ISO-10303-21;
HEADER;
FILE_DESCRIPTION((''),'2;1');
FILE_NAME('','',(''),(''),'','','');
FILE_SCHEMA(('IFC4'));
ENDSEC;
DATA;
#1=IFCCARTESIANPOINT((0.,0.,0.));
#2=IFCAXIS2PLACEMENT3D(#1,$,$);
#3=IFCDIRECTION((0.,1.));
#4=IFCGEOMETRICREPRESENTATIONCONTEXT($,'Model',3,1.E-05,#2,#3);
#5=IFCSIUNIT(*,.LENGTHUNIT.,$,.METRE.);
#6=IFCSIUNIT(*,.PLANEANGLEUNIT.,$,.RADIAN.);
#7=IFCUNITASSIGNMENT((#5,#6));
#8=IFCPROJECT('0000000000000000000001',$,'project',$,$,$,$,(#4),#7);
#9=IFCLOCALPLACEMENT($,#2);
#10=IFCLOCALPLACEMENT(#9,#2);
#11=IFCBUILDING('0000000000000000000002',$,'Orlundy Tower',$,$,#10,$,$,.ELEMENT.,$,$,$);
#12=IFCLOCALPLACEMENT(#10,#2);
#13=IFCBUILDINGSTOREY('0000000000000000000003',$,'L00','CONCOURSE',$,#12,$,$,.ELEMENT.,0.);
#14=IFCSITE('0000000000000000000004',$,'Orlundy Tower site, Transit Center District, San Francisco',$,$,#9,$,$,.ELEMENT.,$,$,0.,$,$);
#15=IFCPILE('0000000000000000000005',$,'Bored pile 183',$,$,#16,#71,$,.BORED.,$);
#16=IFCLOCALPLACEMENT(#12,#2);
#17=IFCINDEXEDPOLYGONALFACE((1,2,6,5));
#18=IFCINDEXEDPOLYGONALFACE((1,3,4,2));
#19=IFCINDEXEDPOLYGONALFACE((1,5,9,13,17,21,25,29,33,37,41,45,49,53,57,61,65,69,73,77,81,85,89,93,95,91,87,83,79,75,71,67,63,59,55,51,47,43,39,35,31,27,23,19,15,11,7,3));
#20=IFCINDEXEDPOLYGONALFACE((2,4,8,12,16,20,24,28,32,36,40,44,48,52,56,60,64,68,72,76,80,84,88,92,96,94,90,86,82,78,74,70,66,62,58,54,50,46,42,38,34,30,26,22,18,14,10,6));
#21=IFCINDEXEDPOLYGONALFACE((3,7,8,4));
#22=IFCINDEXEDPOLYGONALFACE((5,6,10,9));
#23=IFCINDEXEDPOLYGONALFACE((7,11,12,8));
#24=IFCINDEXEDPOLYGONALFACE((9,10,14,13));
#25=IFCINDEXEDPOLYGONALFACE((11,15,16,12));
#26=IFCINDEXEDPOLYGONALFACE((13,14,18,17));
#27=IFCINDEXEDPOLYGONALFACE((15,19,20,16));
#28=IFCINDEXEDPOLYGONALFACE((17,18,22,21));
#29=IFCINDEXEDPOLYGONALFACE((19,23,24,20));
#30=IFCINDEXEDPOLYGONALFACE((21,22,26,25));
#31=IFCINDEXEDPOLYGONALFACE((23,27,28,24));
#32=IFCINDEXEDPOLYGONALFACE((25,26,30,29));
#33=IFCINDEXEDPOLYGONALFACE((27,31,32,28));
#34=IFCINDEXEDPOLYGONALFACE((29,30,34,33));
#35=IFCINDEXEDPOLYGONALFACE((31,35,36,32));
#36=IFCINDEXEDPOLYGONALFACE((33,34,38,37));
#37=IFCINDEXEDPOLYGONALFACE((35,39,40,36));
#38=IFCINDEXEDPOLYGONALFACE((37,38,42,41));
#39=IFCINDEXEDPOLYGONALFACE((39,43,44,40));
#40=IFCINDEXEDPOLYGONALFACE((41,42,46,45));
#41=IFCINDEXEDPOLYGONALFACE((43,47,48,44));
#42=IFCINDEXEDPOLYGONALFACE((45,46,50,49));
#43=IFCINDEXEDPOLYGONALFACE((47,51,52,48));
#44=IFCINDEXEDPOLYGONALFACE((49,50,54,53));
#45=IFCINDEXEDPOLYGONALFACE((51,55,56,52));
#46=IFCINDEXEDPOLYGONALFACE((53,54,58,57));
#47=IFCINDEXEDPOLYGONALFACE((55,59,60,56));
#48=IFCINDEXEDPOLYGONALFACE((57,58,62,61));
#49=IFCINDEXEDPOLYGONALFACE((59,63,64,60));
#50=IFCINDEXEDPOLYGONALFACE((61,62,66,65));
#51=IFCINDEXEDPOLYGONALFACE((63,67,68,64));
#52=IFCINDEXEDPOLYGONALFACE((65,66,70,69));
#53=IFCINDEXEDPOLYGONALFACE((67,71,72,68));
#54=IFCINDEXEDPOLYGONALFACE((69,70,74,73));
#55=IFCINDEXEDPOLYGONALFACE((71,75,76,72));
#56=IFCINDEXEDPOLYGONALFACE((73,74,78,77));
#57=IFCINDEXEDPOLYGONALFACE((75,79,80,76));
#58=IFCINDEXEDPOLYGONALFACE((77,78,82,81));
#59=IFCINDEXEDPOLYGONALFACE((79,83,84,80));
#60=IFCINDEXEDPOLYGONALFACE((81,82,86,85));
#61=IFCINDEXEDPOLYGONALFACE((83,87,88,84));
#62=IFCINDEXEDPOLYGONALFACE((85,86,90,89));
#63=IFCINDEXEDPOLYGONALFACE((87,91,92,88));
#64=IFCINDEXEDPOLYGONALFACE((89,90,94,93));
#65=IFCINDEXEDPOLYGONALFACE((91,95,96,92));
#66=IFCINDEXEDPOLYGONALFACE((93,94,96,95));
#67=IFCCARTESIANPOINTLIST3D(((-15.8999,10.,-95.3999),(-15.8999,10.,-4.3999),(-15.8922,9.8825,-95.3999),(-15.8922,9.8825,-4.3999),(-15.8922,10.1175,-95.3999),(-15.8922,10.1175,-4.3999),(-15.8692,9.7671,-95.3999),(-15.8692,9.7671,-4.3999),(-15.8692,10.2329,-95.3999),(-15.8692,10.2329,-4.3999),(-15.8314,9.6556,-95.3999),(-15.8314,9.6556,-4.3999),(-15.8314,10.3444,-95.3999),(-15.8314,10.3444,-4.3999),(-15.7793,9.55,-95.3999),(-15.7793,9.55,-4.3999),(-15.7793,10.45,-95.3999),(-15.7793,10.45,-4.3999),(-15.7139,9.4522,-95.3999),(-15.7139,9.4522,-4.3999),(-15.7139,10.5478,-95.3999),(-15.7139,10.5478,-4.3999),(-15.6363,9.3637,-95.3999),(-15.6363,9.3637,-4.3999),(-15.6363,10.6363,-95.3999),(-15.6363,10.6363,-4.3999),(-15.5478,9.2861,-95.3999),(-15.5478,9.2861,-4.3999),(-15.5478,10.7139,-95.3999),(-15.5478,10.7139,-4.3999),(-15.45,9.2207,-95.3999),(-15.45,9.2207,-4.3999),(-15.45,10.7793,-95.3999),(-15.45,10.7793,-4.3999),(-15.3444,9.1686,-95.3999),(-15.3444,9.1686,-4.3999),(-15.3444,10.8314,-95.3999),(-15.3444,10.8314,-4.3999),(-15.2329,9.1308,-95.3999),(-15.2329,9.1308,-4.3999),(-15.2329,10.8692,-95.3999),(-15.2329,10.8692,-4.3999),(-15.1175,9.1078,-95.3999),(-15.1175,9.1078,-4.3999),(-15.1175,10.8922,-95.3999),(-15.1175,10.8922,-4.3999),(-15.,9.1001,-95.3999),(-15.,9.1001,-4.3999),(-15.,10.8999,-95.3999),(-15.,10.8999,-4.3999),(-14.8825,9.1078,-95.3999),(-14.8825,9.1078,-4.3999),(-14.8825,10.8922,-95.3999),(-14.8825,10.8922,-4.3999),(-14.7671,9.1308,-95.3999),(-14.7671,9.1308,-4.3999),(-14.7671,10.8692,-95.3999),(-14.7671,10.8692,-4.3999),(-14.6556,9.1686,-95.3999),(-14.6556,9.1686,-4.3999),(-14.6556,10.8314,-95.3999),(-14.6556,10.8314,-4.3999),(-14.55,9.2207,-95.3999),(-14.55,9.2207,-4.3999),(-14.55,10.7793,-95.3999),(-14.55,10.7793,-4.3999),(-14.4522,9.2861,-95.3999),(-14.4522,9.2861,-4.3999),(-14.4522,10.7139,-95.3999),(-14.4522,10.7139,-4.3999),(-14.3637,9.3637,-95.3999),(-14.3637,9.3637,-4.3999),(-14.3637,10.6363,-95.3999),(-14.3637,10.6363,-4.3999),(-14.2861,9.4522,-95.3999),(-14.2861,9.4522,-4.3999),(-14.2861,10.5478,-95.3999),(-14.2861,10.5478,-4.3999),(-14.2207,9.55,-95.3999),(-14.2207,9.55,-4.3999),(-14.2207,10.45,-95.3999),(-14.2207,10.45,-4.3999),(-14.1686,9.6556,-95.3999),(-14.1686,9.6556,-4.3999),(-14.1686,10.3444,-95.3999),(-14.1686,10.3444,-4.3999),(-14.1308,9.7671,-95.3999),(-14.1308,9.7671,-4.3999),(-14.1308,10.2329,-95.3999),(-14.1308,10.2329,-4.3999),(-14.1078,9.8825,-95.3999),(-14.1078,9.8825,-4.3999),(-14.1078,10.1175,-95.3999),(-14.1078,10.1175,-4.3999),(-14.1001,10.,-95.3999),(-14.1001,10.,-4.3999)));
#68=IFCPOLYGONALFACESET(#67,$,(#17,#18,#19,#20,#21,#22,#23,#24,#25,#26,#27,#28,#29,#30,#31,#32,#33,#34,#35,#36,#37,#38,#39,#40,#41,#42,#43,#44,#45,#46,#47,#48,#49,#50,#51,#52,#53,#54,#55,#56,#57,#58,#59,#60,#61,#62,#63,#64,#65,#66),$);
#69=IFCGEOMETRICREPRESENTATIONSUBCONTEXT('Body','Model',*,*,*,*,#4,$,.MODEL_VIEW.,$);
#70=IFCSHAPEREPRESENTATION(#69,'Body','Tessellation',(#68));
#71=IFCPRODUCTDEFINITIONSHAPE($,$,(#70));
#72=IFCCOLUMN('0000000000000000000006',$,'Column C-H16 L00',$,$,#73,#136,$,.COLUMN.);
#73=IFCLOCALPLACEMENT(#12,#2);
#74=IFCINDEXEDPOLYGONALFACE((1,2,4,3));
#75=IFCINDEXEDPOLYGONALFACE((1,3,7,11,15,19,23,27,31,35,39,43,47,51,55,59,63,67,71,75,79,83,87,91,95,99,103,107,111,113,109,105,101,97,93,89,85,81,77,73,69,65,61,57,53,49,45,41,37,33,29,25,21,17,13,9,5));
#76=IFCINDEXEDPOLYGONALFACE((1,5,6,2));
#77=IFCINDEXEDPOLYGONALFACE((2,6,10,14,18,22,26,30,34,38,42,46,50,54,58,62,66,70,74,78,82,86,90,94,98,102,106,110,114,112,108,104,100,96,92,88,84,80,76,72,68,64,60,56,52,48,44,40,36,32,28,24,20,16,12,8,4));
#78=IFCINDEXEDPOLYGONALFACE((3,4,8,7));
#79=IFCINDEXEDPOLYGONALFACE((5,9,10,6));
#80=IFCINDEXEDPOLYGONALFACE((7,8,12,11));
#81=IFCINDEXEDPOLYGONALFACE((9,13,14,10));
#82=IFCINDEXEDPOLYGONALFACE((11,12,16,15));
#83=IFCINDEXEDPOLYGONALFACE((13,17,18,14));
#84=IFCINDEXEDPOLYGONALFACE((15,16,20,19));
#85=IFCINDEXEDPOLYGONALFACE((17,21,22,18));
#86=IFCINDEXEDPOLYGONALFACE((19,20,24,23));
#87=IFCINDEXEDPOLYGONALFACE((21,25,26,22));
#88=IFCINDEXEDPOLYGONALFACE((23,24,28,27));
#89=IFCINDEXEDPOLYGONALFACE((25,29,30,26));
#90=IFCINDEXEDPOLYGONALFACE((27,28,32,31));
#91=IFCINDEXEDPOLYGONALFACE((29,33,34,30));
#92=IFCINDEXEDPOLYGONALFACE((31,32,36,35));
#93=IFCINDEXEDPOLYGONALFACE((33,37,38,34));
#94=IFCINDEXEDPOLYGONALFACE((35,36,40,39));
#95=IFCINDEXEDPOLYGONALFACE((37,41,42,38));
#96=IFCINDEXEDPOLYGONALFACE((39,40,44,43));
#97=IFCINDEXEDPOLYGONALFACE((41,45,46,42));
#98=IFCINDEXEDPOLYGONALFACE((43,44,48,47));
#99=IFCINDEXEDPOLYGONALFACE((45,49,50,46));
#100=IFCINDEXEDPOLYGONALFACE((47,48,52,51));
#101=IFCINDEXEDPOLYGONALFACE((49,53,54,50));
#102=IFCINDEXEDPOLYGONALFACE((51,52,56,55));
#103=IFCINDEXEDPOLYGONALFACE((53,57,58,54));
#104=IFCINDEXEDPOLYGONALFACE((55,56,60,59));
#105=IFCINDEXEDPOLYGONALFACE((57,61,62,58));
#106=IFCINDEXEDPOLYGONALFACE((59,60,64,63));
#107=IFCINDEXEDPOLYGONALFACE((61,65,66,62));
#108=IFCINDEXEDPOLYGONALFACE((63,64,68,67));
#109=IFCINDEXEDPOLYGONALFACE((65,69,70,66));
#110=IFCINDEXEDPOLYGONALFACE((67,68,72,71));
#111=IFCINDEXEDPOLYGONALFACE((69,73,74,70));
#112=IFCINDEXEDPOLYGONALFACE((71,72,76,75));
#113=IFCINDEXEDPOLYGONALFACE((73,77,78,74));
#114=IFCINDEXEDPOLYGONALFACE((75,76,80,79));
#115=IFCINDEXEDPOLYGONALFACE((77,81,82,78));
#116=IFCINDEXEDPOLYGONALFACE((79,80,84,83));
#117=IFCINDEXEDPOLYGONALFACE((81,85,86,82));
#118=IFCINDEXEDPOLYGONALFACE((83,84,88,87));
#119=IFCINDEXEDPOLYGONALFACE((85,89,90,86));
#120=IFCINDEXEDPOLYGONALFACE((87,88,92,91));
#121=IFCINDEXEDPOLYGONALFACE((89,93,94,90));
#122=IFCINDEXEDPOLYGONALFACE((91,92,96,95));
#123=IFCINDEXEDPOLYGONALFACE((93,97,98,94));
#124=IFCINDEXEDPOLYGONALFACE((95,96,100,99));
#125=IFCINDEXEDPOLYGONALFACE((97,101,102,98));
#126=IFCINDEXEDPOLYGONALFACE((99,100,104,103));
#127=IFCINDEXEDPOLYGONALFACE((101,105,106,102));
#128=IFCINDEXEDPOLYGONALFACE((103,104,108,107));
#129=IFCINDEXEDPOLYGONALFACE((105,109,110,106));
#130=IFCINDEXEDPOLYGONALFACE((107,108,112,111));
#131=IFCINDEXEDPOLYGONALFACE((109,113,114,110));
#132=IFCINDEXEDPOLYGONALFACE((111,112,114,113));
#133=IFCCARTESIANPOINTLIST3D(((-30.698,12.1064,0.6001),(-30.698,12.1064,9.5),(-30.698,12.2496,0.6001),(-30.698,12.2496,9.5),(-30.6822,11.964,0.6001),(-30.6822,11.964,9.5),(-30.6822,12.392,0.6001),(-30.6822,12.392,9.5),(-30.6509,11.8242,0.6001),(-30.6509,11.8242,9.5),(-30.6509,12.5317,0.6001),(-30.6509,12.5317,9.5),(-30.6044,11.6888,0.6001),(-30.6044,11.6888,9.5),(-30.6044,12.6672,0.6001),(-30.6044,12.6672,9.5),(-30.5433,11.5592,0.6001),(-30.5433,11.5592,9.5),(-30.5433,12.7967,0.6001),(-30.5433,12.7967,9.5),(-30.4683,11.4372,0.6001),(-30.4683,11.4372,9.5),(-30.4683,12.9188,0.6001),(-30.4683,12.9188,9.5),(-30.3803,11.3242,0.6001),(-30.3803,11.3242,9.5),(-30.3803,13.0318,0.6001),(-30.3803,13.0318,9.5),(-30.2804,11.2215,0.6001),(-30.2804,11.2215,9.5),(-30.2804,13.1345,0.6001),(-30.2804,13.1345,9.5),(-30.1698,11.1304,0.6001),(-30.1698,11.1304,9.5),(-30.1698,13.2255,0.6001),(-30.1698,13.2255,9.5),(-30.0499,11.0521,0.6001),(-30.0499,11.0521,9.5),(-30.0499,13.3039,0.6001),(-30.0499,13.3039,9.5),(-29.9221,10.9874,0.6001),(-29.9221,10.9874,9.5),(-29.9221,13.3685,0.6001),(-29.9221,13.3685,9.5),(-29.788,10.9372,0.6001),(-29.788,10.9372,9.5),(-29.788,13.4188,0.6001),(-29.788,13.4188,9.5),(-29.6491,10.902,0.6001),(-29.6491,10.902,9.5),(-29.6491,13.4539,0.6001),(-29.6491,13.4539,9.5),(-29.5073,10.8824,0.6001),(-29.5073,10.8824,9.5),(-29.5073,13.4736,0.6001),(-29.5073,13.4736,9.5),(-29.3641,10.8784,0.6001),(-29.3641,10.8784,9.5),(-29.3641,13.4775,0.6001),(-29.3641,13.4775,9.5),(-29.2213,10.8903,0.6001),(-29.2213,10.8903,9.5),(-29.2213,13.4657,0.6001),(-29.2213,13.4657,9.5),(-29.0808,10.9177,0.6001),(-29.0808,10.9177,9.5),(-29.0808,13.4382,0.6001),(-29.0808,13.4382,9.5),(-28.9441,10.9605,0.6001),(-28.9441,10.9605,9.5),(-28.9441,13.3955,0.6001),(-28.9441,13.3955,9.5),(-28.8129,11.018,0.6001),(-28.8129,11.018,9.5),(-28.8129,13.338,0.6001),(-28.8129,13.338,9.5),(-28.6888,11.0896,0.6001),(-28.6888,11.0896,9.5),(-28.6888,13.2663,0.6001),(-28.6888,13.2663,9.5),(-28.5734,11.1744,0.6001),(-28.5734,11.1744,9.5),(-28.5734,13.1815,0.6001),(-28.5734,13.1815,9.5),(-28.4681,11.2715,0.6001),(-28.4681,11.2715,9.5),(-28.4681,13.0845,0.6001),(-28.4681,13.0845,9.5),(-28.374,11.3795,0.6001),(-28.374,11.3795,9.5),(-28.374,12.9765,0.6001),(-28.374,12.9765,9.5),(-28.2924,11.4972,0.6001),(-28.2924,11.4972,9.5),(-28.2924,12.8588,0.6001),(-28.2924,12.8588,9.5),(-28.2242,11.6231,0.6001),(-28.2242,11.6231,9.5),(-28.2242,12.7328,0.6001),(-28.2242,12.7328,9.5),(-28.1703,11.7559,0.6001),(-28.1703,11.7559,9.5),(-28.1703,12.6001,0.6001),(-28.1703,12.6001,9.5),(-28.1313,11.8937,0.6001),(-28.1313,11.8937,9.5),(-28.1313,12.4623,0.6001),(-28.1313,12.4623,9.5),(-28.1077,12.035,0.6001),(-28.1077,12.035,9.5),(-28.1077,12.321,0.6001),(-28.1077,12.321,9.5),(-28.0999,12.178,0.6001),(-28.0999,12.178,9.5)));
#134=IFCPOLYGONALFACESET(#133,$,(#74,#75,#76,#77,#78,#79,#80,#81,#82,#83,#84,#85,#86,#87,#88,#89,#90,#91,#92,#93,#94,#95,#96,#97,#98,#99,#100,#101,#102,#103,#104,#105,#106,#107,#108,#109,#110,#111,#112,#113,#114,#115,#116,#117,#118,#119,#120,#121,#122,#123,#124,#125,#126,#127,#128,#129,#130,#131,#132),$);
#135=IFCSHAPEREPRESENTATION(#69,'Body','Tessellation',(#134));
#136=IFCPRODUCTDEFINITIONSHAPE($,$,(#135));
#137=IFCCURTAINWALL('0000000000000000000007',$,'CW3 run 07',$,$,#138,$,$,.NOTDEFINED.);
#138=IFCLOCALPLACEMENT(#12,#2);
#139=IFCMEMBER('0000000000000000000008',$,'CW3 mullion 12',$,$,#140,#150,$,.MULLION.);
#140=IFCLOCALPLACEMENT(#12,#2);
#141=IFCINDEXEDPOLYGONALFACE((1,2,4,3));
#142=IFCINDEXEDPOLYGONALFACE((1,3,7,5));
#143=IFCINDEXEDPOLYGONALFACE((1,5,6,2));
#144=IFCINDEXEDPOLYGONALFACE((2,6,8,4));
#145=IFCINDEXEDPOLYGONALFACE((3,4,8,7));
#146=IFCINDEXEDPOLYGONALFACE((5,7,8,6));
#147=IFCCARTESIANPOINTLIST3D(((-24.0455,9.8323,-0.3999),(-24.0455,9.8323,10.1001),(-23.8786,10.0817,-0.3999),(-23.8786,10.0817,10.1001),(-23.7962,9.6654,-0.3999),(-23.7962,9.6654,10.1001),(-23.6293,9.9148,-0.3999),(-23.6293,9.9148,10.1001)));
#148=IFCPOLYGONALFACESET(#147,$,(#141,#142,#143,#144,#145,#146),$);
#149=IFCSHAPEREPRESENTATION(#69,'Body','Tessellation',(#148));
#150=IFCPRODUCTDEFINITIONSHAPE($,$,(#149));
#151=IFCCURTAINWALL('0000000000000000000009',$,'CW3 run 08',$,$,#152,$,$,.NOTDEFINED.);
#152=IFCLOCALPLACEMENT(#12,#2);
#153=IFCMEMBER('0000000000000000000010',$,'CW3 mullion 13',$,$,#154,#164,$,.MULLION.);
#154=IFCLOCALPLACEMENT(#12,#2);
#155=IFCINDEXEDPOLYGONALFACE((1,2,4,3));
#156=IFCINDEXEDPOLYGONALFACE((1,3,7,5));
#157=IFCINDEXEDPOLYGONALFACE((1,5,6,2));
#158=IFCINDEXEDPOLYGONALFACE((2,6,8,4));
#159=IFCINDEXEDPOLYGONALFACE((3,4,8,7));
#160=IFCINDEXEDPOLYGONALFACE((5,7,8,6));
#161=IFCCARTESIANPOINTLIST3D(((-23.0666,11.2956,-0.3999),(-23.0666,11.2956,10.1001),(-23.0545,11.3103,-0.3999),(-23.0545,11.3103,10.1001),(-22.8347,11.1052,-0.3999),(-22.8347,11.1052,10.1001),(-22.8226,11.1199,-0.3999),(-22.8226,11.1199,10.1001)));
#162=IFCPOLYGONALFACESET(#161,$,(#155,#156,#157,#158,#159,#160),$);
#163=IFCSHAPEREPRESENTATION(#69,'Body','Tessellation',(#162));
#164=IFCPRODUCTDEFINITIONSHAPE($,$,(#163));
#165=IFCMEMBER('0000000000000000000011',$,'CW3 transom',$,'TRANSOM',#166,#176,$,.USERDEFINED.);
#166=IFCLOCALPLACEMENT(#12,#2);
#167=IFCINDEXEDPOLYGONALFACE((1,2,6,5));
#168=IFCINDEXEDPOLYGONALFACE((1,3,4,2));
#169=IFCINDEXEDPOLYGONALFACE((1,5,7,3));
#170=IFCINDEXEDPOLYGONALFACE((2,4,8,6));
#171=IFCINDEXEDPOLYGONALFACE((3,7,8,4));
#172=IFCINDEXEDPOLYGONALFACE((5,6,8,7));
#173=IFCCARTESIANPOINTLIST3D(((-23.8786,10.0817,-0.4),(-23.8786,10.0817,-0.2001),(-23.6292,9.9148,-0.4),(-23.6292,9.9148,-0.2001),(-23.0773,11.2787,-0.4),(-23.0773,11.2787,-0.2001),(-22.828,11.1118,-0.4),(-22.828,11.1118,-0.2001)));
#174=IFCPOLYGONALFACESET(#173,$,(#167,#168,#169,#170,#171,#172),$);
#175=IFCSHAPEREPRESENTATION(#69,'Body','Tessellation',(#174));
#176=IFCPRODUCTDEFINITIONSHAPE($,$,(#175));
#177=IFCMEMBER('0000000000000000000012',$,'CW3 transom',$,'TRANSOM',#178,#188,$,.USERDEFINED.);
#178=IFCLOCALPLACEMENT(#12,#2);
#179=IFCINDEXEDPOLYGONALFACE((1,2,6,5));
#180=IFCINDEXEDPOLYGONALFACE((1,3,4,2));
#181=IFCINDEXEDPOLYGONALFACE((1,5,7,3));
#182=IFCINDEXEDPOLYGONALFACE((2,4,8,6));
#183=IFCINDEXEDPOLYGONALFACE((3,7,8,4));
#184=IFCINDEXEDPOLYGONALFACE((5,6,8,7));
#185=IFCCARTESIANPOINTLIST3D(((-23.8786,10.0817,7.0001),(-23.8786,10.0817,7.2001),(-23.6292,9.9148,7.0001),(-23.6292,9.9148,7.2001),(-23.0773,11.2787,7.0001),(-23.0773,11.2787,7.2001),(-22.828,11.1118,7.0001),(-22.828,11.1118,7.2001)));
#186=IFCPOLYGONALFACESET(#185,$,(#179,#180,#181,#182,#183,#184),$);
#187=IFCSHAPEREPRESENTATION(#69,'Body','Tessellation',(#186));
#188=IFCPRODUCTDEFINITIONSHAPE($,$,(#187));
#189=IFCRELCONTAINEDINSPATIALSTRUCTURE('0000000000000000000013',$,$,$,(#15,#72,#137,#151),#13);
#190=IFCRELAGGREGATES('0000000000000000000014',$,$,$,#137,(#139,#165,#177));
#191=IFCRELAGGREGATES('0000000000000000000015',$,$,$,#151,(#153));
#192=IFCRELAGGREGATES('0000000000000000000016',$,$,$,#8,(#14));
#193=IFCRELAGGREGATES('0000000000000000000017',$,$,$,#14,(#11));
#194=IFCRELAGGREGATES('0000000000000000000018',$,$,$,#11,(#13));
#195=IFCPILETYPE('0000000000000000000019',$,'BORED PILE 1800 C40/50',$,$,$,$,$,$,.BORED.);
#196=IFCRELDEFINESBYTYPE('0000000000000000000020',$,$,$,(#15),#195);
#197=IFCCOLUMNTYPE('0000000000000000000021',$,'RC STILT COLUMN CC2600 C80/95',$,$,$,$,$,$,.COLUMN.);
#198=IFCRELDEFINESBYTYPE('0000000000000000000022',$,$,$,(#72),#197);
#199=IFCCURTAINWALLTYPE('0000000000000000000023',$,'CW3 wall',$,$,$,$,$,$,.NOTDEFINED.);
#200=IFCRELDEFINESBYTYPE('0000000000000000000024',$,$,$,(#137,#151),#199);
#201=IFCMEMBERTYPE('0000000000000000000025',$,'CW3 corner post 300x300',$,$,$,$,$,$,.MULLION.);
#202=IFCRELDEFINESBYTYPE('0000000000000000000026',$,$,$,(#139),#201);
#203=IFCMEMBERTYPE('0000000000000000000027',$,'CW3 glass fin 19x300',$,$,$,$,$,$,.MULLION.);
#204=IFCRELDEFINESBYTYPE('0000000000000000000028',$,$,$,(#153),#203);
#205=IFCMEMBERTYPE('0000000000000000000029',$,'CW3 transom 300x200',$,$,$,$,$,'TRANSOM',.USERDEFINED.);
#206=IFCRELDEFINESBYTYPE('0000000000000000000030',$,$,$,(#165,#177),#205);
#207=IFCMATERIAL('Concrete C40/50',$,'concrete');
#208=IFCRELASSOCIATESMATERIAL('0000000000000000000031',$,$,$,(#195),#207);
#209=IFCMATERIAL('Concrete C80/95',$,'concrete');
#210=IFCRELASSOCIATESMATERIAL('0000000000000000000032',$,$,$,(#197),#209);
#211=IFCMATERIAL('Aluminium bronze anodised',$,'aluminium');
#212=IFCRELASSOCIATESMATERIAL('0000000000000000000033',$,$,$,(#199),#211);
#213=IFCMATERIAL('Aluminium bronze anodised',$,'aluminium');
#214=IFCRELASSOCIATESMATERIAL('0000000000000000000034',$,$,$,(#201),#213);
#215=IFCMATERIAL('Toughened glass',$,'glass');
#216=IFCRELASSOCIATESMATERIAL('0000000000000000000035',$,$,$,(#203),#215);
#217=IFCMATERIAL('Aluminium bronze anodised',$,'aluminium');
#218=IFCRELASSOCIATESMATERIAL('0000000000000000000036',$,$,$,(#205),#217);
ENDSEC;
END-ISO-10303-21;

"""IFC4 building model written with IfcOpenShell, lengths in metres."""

from ifc_helpers import new_model, si_unit, direction, frame, origin, origin_2d, place, context, subcontext, project, spatial, rectangle, circle, extrude, material, material_profile, profile_set, type_object, element, aggregate, save


model = new_model("IFC4")

# Units and contexts
model_context = context("Model", 3, precision=1e-05, world=origin(), true_north=direction((0.0, 1.0)))
body_context = subcontext(model_context, "Body", "Model", "MODEL_VIEW")
ifc_project = project(units=[si_unit("LENGTHUNIT", "METRE"), si_unit("PLANEANGLEUNIT", "RADIAN")], contexts=[model_context])

# Site, building, storey
site_placement = place(None, origin())
site = spatial("IfcSite", under=ifc_project, at=site_placement, Name="Orlundy Tower site, Transit Center District, San Francisco", CompositionType="ELEMENT", RefElevation=0.0)
building_placement = place(site_placement, origin())
building = spatial("IfcBuilding", under=site, at=building_placement, Name="Orlundy Tower", CompositionType="ELEMENT")
storey_placement = place(building_placement, origin())
storey = spatial("IfcBuildingStorey", under=building, at=storey_placement, Name="L00", Description="CONCOURSE", CompositionType="ELEMENT", Elevation=0.0)

# Pile
ifc_material_1 = material(Name="Concrete C40/50", Category="concrete")
ifc_material_profile_1 = material_profile(ifc_material_1, circle(Radius=0.8999, at=origin_2d()), Name="BP1800")
ifc_profile_set_1 = profile_set([ifc_material_profile_1], Name="Concrete C40/50")
pile_type = type_object("IfcPileType", Name="BORED PILE 1800 C40/50", PredefinedType="BORED", material=ifc_profile_set_1)
for number, where, z_axis, x_axis, name in (
    (1, (-15.0, 10.0, -4.3999), (0.0, 0.0, -1.0), (1.0, 0.0, 0.0), "Bored pile 183"),
):
    element("IfcPile", number, at=place(storey_placement, frame(where, z_axis=z_axis, x_axis=x_axis)), inside=storey, type_object=pile_type, Name=name, PredefinedType="BORED", context=body_context, shape_type="SweptSolid", body=[
        extrude(circle(Radius=0.8999, at=origin_2d()), origin(), (0.0, 0.0, 1.0), 91.0),
    ])

# Column
ifc_material_2 = material(Name="Concrete C80/95", Category="concrete")
ifc_material_profile_2 = material_profile(ifc_material_2, circle(Radius=1.3, at=origin_2d()), Name="CC2600")
ifc_profile_set_2 = profile_set([ifc_material_profile_2], Name="Concrete C80/95")
column_type = type_object("IfcColumnType", Name="RC STILT COLUMN CC2600 C80/95", PredefinedType="COLUMN", material=ifc_profile_set_2)
column_placement = place(storey_placement, frame((-29.3999, 12.178, 0.6001), z_axis=(0.0, 0.0, 1.0), x_axis=(1.0, 0.0, 0.0)))
element("IfcColumn", 2, at=column_placement, inside=storey, type_object=column_type, Name="Column C-H16 L00", PredefinedType="COLUMN", context=body_context, shape_type="SweptSolid", body=[
    extrude(circle(Radius=1.3, at=origin_2d()), origin(), (0.0, 0.0, 1.0), 8.8999),
])

# Curtain walls, members
ifc_material_3 = material(Name="Aluminium bronze anodised", Category="aluminium")
curtain_wall_type = type_object("IfcCurtainWallType", Name="CW3 wall", PredefinedType="NOTDEFINED", material=ifc_material_3)
curtain_wall_1_placement = place(storey_placement, origin())
curtain_wall_1 = element("IfcCurtainWall", 3, at=curtain_wall_1_placement, inside=storey, type_object=curtain_wall_type, Name="CW3 run 07", PredefinedType="NOTDEFINED")
ifc_material_4 = material(Name="Aluminium bronze anodised", Category="aluminium")
ifc_material_profile_3 = material_profile(ifc_material_4, rectangle(XDim=0.3, YDim=0.3, at=origin_2d()), Name="CW3 corner post 300x300")
ifc_profile_set_3 = profile_set([ifc_material_profile_3], Name="Aluminium bronze anodised")
member_type_1 = type_object("IfcMemberType", Name="CW3 corner post 300x300", PredefinedType="MULLION", material=ifc_profile_set_3)
member_1_placement = place(storey_placement, frame((-23.8374, 9.8735, -0.3999), z_axis=(0.0, 0.0, 1.0), x_axis=(-0.831063, 0.556178, 0.0)))
member_1 = element("IfcMember", 4, at=member_1_placement, type_object=member_type_1, Name="CW3 mullion 12", PredefinedType="MULLION", context=body_context, shape_type="SweptSolid", body=[
    extrude(rectangle(XDim=0.3, YDim=0.3, at=origin_2d()), origin(), (0.0, 0.0, 1.0), 10.5),
])
curtain_wall_2_placement = place(storey_placement, origin())
curtain_wall_2 = element("IfcCurtainWall", 5, at=curtain_wall_2_placement, inside=storey, type_object=curtain_wall_type, Name="CW3 run 08", PredefinedType="NOTDEFINED")
ifc_material_5 = material(Name="Toughened glass", Category="glass")
ifc_material_profile_4 = material_profile(ifc_material_5, rectangle(XDim=0.3, YDim=0.019, at=origin_2d()), Name="CW3 glass fin 19x300")
ifc_profile_set_4 = profile_set([ifc_material_profile_4], Name="Toughened glass")
member_type_2 = type_object("IfcMemberType", Name="CW3 glass fin 19x300", PredefinedType="MULLION", material=ifc_profile_set_4)
member_2_placement = place(storey_placement, frame((-22.9446, 11.2078, -0.3999), z_axis=(0.0, 0.0, 1.0), x_axis=(-0.772778, 0.634676, 0.0)))
member_2 = element("IfcMember", 6, at=member_2_placement, type_object=member_type_2, Name="CW3 mullion 13", PredefinedType="MULLION", context=body_context, shape_type="SweptSolid", body=[
    extrude(rectangle(XDim=0.3, YDim=0.019, at=origin_2d()), origin(), (0.0, 0.0, 1.0), 10.5),
])

# Members
ifc_material_6 = material(Name="Aluminium bronze anodised", Category="aluminium")
ifc_material_profile_5 = material_profile(ifc_material_6, rectangle(XDim=0.3, YDim=0.2, at=origin_2d()), Name="CW3 transom 300x200")
ifc_profile_set_5 = profile_set([ifc_material_profile_5], Name="Aluminium bronze anodised")
member_type_3 = type_object("IfcMemberType", Name="CW3 transom 300x200", ElementType="TRANSOM", PredefinedType="USERDEFINED", material=ifc_profile_set_5)
member_3_placement = place(storey_placement, frame((-23.7539, 9.9983, -0.3), z_axis=(0.556264, 0.831006, 0.0), x_axis=(-0.831006, 0.556264, 0.0)))
member_3 = element("IfcMember", 7, at=member_3_placement, type_object=member_type_3, Name="CW3 transom", ObjectType="TRANSOM", PredefinedType="USERDEFINED", context=body_context, shape_type="SweptSolid", body=[
    extrude(rectangle(XDim=0.3, YDim=0.2, at=origin_2d()), origin(), (0.0, 0.0, 1.0), 1.4404),
])
member_4_placement = place(storey_placement, frame((-23.7539, 9.9983, 7.1001), z_axis=(0.556264, 0.831006, 0.0), x_axis=(-0.831006, 0.556264, 0.0)))
member_4 = element("IfcMember", 8, at=member_4_placement, type_object=member_type_3, Name="CW3 transom", ObjectType="TRANSOM", PredefinedType="USERDEFINED", context=body_context, shape_type="SweptSolid", body=[
    extrude(rectangle(XDim=0.3, YDim=0.2, at=origin_2d()), origin(), (0.0, 0.0, 1.0), 1.4404),
])

aggregate(curtain_wall_1, [member_1, member_3, member_4])
aggregate(curtain_wall_2, [member_2])

save(model, "model.ifc")
